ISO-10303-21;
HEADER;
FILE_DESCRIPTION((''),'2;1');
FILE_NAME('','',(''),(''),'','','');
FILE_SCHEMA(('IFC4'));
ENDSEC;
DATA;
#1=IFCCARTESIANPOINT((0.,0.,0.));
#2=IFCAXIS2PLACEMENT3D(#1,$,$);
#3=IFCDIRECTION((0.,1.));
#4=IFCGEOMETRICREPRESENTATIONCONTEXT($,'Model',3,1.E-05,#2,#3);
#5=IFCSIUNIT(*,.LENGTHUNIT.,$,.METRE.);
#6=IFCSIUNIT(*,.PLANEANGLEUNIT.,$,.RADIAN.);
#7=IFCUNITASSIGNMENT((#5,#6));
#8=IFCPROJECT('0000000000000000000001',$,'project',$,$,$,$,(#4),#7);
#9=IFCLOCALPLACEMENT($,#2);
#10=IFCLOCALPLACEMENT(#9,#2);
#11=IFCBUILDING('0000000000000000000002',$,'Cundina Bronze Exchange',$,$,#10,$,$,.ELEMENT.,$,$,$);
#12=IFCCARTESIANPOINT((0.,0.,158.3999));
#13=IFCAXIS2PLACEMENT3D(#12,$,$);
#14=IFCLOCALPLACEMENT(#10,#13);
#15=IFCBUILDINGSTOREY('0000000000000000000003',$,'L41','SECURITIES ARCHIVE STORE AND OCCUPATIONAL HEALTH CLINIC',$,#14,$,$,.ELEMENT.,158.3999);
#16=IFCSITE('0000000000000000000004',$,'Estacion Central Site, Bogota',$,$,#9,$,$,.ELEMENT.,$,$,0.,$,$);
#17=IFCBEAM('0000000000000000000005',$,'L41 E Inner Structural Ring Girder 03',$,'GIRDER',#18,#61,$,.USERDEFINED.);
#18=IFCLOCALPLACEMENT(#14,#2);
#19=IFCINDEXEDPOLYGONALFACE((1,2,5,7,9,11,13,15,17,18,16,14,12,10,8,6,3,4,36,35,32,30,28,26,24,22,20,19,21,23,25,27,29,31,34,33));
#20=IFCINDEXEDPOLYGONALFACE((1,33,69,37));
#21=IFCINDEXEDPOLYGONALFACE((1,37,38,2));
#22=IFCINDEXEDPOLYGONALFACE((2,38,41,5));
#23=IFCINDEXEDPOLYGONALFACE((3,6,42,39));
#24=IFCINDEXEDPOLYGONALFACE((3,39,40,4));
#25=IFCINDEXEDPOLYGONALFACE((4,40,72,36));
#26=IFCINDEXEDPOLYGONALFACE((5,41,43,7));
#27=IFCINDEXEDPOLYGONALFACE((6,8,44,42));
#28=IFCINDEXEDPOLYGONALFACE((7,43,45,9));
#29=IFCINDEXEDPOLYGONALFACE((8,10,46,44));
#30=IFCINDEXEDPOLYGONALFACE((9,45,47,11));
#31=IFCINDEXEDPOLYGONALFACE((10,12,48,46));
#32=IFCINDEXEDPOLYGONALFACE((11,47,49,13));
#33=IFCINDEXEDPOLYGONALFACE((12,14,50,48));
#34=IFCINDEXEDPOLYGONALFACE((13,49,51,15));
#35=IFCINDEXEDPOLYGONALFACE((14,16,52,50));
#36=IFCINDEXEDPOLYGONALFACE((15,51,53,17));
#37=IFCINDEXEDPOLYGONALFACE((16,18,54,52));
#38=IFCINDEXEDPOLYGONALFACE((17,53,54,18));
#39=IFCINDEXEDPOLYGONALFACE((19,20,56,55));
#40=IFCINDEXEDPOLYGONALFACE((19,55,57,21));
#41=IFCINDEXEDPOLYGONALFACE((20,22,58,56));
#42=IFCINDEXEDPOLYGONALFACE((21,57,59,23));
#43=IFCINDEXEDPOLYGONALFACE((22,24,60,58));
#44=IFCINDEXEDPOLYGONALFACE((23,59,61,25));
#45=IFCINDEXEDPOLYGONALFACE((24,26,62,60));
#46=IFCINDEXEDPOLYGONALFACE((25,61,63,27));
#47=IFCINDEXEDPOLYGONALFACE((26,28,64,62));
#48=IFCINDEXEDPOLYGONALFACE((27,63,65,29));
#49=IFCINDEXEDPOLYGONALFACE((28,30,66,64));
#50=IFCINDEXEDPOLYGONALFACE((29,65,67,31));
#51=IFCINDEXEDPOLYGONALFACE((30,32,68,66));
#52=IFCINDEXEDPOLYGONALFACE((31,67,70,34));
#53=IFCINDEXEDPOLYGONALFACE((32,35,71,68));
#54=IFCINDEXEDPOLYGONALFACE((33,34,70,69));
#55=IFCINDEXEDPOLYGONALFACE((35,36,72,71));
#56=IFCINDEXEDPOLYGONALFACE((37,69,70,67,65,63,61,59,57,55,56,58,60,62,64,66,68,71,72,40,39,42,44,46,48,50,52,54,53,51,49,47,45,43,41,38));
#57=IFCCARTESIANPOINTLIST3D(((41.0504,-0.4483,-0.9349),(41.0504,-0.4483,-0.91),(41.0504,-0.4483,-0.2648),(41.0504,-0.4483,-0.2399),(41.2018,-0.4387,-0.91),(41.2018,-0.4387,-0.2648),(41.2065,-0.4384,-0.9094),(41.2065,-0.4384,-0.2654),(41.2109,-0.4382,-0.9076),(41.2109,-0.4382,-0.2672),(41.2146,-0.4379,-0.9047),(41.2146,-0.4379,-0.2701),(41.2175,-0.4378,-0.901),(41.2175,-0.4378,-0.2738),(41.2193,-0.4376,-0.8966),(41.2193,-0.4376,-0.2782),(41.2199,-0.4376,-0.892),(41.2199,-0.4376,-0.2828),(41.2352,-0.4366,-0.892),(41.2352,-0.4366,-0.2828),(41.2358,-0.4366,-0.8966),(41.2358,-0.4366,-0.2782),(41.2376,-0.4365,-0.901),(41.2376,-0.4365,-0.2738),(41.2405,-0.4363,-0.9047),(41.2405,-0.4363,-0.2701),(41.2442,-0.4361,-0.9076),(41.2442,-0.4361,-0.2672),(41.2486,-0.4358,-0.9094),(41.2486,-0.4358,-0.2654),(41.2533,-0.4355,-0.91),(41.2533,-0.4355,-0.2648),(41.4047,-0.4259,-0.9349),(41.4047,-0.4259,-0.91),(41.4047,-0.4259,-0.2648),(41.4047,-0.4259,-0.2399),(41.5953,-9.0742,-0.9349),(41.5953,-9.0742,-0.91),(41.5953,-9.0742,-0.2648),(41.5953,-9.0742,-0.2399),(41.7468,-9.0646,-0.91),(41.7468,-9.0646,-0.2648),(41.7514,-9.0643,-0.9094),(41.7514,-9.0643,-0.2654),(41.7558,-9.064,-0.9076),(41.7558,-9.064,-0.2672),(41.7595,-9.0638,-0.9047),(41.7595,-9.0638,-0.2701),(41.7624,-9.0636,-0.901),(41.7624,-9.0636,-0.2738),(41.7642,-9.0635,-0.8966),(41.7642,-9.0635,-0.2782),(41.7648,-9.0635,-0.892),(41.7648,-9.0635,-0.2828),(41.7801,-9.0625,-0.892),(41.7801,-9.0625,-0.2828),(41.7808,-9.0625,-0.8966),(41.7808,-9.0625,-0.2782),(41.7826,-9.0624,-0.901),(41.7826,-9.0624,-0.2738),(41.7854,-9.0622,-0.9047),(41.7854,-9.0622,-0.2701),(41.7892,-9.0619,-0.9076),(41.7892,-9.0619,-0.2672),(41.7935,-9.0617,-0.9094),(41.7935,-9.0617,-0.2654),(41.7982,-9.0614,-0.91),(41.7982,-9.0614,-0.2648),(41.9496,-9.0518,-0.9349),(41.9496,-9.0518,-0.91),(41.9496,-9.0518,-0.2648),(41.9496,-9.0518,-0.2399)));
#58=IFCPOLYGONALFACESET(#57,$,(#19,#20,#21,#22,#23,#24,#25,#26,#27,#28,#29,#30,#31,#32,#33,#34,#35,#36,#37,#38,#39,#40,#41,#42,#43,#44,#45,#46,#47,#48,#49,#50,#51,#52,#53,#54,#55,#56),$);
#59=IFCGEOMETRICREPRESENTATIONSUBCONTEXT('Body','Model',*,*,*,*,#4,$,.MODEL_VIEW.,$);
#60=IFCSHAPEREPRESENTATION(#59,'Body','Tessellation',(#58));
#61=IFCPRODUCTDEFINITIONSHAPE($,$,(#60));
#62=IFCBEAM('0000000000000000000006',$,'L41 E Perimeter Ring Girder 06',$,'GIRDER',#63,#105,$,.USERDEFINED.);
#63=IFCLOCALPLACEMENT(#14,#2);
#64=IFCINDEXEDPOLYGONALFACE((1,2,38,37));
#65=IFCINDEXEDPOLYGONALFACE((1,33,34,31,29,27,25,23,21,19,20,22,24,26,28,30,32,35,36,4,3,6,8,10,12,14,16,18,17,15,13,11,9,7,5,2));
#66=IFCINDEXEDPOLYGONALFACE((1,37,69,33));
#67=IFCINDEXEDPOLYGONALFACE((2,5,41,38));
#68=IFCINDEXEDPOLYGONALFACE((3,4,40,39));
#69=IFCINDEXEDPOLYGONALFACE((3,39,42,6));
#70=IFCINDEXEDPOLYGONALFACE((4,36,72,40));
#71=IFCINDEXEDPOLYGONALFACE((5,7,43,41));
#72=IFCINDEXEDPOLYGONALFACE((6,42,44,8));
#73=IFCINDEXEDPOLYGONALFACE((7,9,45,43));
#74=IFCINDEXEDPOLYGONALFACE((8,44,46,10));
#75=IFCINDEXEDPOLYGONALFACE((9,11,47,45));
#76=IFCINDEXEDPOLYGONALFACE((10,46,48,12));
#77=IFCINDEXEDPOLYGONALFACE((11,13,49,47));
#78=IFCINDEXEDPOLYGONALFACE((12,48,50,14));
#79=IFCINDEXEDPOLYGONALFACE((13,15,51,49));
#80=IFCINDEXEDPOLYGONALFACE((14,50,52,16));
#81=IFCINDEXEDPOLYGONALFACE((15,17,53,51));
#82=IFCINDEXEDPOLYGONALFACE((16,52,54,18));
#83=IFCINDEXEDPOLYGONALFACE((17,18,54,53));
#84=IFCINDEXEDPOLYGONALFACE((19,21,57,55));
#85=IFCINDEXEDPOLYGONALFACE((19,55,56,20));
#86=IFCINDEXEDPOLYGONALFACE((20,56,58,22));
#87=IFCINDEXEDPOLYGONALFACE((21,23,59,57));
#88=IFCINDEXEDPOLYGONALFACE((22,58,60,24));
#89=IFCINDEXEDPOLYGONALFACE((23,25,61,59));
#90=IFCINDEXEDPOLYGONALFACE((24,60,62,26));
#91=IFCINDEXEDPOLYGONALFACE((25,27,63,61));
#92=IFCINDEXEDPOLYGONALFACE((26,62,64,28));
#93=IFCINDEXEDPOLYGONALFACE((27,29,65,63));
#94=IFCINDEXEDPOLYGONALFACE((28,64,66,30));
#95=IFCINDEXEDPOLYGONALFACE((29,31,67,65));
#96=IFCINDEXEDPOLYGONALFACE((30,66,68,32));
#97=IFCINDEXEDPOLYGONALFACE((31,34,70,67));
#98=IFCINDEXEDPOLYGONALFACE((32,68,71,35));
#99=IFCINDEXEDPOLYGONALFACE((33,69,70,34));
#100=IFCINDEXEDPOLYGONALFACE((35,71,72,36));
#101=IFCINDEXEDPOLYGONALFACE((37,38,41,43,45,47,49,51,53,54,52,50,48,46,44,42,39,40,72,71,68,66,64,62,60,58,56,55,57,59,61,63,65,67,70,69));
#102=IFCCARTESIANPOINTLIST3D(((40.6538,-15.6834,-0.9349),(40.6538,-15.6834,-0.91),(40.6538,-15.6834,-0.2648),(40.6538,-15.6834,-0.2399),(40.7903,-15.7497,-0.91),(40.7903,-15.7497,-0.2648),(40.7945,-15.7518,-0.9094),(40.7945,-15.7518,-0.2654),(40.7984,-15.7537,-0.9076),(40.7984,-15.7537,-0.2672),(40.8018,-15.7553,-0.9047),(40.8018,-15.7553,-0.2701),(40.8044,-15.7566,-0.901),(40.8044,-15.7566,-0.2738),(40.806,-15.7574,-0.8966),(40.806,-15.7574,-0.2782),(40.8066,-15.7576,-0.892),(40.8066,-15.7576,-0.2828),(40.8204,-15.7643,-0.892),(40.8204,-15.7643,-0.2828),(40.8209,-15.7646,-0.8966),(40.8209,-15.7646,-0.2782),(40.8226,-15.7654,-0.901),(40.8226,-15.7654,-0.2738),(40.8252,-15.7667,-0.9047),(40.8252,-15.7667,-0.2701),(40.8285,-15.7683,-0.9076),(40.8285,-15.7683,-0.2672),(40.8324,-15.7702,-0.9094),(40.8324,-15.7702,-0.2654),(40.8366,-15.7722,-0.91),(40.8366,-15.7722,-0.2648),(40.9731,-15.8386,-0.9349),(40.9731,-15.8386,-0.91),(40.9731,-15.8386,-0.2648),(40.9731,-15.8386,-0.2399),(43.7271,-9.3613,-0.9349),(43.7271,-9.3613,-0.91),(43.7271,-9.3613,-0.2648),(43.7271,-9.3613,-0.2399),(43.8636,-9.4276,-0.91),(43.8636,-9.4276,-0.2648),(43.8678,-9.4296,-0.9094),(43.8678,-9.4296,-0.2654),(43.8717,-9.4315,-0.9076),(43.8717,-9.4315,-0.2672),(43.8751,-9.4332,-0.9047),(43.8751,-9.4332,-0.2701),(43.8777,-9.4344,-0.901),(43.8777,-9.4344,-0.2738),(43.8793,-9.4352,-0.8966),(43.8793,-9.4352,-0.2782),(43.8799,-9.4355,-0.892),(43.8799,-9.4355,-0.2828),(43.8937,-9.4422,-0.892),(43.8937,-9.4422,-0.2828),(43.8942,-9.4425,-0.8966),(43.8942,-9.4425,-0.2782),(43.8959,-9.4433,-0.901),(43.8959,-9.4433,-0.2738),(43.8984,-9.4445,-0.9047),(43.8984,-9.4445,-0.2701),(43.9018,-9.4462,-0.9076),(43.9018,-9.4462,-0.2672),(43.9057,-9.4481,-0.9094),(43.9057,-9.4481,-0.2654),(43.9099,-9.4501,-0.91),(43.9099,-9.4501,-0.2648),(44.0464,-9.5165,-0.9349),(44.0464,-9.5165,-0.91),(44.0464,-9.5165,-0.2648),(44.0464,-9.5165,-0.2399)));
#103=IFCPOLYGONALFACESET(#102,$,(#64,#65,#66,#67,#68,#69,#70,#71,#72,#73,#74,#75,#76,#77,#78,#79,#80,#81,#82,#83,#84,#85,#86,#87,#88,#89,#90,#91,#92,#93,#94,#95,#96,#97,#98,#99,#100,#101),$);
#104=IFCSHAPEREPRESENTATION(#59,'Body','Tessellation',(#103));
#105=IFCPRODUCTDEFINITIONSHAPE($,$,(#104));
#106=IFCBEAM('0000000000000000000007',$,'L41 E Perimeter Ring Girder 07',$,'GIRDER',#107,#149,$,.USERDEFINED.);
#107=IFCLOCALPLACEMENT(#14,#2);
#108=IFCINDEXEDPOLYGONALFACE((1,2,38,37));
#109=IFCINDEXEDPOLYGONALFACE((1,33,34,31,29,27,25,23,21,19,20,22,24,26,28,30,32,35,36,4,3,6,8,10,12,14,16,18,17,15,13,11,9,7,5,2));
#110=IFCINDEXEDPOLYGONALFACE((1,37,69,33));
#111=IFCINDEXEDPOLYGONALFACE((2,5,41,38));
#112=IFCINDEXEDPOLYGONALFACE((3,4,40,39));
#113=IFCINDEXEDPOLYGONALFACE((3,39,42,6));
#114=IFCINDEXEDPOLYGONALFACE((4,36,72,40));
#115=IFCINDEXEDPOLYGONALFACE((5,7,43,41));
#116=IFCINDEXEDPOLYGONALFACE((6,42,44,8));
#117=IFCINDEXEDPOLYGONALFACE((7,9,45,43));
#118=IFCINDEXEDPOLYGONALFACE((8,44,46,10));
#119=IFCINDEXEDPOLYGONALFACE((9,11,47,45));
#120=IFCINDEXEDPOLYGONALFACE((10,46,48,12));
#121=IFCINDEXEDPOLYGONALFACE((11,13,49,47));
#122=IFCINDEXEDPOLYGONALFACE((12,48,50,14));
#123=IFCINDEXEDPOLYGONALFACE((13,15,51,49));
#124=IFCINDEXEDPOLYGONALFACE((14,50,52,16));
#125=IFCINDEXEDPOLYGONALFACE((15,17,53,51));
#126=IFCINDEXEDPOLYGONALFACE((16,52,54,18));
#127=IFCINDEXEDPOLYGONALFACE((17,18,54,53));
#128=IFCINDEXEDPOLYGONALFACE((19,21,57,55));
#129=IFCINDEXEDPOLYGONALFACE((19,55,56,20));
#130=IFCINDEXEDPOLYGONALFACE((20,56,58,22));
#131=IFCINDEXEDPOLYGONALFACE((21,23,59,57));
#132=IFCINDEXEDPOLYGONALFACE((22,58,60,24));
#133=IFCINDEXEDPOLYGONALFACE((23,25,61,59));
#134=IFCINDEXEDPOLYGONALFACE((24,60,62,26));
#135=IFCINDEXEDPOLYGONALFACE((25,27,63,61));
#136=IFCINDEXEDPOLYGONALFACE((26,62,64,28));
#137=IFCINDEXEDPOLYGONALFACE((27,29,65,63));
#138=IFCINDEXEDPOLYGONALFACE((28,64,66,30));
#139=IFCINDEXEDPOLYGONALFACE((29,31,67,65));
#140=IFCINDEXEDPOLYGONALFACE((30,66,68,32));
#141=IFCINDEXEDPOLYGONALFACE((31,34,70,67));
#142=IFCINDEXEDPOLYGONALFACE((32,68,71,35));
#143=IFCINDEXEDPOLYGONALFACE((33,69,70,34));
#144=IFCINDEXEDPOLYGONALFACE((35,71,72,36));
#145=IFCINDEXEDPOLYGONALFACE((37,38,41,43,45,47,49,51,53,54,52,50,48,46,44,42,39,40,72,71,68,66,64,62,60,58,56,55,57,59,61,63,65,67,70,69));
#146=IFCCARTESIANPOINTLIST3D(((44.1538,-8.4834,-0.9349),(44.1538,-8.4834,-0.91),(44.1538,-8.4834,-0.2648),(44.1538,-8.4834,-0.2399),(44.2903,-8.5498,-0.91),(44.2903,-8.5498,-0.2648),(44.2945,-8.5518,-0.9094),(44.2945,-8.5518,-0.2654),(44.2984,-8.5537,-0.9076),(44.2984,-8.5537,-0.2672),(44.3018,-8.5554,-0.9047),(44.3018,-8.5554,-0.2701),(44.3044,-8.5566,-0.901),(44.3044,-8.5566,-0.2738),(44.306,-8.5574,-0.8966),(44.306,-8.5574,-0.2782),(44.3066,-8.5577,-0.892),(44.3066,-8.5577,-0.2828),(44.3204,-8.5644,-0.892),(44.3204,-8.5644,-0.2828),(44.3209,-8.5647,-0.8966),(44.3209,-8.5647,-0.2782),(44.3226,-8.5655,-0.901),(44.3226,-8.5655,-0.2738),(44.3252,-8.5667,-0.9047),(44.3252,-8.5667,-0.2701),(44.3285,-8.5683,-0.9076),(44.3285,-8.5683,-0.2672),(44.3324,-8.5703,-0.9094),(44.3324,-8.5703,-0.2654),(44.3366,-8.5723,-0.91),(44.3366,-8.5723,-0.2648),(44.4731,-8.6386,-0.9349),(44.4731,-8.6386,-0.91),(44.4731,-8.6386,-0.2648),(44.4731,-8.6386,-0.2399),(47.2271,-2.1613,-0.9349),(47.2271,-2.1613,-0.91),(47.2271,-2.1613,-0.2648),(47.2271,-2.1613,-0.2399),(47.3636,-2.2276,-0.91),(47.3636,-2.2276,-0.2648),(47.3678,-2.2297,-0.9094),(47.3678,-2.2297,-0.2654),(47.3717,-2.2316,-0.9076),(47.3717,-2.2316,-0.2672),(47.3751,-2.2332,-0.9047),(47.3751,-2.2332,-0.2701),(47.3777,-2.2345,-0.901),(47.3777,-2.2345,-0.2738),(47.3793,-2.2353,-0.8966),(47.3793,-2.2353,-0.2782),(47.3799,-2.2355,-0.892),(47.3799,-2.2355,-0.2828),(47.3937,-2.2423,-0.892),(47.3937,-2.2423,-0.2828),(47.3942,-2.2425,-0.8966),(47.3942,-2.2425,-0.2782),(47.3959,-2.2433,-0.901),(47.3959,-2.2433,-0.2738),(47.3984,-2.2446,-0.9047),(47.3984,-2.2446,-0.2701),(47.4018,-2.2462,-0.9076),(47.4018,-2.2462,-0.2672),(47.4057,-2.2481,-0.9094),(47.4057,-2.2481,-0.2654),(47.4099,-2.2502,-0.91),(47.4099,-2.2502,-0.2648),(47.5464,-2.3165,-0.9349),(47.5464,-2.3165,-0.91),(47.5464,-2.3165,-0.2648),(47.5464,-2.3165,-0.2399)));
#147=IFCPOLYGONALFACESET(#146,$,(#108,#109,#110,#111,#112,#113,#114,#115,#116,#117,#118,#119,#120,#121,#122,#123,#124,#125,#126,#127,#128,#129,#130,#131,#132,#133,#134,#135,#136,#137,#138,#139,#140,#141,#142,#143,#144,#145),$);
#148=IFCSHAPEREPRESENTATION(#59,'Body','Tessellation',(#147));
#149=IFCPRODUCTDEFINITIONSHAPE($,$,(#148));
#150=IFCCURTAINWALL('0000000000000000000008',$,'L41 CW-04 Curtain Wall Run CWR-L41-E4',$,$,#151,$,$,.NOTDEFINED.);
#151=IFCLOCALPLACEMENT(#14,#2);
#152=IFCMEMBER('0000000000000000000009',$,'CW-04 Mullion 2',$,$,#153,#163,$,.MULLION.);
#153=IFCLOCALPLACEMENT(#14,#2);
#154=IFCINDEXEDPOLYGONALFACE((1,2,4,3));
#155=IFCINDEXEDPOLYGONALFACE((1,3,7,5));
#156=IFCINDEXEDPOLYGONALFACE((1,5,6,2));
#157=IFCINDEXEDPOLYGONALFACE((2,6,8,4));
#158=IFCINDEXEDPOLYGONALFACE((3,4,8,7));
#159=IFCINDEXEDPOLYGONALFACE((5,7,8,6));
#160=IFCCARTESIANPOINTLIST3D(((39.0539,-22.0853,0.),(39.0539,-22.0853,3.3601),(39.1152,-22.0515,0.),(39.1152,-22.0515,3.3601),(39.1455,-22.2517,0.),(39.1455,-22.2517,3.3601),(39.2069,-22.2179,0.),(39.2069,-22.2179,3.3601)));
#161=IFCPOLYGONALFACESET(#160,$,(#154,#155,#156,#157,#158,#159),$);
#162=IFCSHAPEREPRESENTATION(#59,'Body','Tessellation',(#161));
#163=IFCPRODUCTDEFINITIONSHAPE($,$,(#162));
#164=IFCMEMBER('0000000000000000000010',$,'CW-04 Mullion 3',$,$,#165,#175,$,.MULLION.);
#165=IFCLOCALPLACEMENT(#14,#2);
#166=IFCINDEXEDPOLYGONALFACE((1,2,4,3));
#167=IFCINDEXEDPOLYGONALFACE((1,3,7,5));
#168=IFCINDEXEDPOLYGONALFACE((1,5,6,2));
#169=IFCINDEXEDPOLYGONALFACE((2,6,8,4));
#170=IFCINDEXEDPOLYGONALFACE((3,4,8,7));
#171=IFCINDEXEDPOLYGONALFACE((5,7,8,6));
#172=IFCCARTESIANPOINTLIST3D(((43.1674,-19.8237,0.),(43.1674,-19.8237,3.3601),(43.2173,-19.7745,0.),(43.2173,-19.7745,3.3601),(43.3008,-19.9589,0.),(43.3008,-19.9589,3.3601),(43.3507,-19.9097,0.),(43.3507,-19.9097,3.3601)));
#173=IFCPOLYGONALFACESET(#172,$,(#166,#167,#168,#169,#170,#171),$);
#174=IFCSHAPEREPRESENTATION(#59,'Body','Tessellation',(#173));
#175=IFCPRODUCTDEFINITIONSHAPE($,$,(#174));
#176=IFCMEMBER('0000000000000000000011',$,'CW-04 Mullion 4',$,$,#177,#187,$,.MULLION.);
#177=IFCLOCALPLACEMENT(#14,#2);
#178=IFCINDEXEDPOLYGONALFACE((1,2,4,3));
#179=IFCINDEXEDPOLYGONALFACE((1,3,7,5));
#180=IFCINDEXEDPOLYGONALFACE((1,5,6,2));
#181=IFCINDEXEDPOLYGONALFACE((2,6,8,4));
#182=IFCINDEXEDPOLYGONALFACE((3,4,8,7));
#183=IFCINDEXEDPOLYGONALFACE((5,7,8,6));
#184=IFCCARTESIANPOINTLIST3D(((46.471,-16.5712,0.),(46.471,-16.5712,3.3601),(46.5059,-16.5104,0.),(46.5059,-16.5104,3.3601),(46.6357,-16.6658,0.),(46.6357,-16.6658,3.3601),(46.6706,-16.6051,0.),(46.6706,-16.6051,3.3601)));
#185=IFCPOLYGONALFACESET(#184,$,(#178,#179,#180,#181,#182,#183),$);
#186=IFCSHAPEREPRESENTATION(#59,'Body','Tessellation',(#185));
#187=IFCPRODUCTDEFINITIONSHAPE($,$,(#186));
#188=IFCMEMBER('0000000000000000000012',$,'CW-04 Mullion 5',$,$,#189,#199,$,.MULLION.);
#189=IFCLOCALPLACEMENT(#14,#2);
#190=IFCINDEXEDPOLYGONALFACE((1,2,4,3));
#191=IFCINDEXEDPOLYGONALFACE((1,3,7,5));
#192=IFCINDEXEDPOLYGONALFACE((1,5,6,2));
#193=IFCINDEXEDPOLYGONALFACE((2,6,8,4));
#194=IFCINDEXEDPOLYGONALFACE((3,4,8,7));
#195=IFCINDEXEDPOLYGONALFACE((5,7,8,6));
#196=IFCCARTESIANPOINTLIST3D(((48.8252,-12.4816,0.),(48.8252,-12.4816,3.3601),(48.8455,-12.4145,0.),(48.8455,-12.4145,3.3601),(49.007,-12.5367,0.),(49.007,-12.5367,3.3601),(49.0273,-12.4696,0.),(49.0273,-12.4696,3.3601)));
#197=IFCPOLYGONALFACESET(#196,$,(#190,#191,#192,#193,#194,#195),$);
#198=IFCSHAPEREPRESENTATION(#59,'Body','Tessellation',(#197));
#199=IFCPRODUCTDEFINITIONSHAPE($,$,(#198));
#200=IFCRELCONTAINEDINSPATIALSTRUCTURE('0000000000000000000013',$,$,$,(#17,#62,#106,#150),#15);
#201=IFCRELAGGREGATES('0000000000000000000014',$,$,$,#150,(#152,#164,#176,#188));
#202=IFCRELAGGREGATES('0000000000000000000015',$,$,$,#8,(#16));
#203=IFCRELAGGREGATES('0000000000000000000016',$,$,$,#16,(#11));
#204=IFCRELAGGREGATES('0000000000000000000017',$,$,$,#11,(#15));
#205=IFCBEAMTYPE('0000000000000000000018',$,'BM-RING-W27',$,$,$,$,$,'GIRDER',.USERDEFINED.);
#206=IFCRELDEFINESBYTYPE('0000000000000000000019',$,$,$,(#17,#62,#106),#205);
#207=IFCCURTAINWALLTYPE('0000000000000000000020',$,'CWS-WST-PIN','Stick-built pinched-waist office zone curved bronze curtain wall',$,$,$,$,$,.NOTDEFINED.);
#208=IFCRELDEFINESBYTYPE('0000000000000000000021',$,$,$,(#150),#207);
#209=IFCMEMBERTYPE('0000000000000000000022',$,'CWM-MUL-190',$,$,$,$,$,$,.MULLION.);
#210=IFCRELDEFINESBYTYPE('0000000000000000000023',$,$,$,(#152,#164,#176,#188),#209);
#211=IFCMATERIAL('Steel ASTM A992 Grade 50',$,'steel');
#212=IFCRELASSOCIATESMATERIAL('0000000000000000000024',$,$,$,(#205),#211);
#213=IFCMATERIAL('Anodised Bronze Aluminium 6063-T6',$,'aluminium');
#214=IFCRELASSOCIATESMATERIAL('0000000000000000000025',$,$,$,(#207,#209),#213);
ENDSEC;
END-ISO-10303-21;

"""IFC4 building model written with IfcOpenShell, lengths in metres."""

from ifc_helpers import new_model, si_unit, direction, frame, origin, origin_2d, place, context, subcontext, project, spatial, rectangle, i_section, extrude, material, material_profile, profile_set, type_object, element, aggregate, save


model = new_model("IFC4")

# Units and contexts
model_context = context("Model", 3, precision=1e-05, world=origin(), true_north=direction((0.0, 1.0)))
body_context = subcontext(model_context, "Body", "Model", "MODEL_VIEW")
ifc_project = project(units=[si_unit("LENGTHUNIT", "METRE"), si_unit("PLANEANGLEUNIT", "RADIAN")], contexts=[model_context])

# Site, building, storey
site_placement = place(None, origin())
site = spatial("IfcSite", under=ifc_project, at=site_placement, Name="Estacion Central Site, Bogota", CompositionType="ELEMENT", RefElevation=0.0)
building_placement = place(site_placement, origin())
building = spatial("IfcBuilding", under=site, at=building_placement, Name="Cundina Bronze Exchange", CompositionType="ELEMENT")
storey_placement = place(building_placement, frame((0.0, 0.0, 158.3999)))
storey = spatial("IfcBuildingStorey", under=building, at=storey_placement, Name="L41", Description="SECURITIES ARCHIVE STORE AND OCCUPATIONAL HEALTH CLINIC", CompositionType="ELEMENT", Elevation=158.3999)

# Beams
ifc_material_1 = material(Name="Steel ASTM A992 Grade 50", Category="steel")
ifc_material_profile_1 = material_profile(ifc_material_1, i_section(OverallWidth=0.355, OverallDepth=0.6951, WebThickness=0.0154, FlangeThickness=0.0249, FilletRadius=0.0181, at=origin_2d()), Name="W27X146", Category="steel")
ifc_profile_set_1 = profile_set([ifc_material_profile_1], Name="Steel ASTM A992 Grade 50")
beam_type_1 = type_object("IfcBeamType", Name="BM-RING-W27", ElementType="GIRDER", PredefinedType="USERDEFINED", material=ifc_profile_set_1)
beam_1_placement = place(storey_placement, frame((41.7725, -9.063, -0.5874), z_axis=(-0.063047, 0.998011, 0.0), x_axis=(-0.998011, -0.063047, 0.0)))
element("IfcBeam", 1, at=beam_1_placement, inside=storey, type_object=beam_type_1, Name="L41 E Inner Structural Ring Girder 03", ObjectType="GIRDER", PredefinedType="USERDEFINED", context=body_context, shape_type="SweptSolid", body=[
    extrude(i_section(OverallWidth=0.355, OverallDepth=0.6951, WebThickness=0.0154, FlangeThickness=0.0249, FilletRadius=0.0181, at=origin_2d()), origin(), (0.0, 0.0, 1.0), 8.6431),
])
for number, where, z_axis, x_axis, name in (
    (2, (40.8135, -15.761, -0.5874), (0.437197, 0.899366, 0.0), (-0.899366, 0.437197, 0.0), "L41 E Perimeter Ring Girder 06"),
    (3, (44.3135, -8.561, -0.5874), (0.437197, 0.899366, 0.0), (-0.899366, 0.437197, 0.0), "L41 E Perimeter Ring Girder 07"),
):
    element("IfcBeam", number, at=place(storey_placement, frame(where, z_axis=z_axis, x_axis=x_axis)), inside=storey, type_object=beam_type_1, Name=name, ObjectType="GIRDER", PredefinedType="USERDEFINED", context=body_context, shape_type="SweptSolid", body=[
        extrude(i_section(OverallWidth=0.355, OverallDepth=0.6951, WebThickness=0.0154, FlangeThickness=0.0249, FilletRadius=0.0181, at=origin_2d()), origin(), (0.0, 0.0, 1.0), 7.0295),
    ])

# Curtain wall, members
ifc_material_2 = material(Name="Anodised Bronze Aluminium 6063-T6", Category="aluminium")
curtain_wall_type = type_object("IfcCurtainWallType", Name="CWS-WST-PIN", Description="Stick-built pinched-waist office zone curved bronze curtain wall", PredefinedType="NOTDEFINED", material=ifc_material_2)
curtain_wall_placement = place(storey_placement, origin())
curtain_wall = element("IfcCurtainWall", 4, at=curtain_wall_placement, inside=storey, type_object=curtain_wall_type, Name="L41 CW-04 Curtain Wall Run CWR-L41-E4", PredefinedType="NOTDEFINED")
ifc_material_profile_2 = material_profile(ifc_material_2, rectangle(XDim=0.0701, YDim=0.1899, at=origin_2d()), Name="AL70X190", Category="aluminium")
ifc_profile_set_2 = profile_set([ifc_material_profile_2], Name="Anodised Bronze Aluminium 6063-T6")
member_type_1 = type_object("IfcMemberType", Name="CWM-MUL-190", PredefinedType="MULLION", material=ifc_profile_set_2)
member_1_placement = place(storey_placement, frame((39.1304, -22.1516, 0.0), z_axis=(0.0, 0.0, 1.0), x_axis=(0.875886, 0.482518, 0.0)))
member_1 = element("IfcMember", 5, at=member_1_placement, type_object=member_type_1, Name="CW-04 Mullion 2", PredefinedType="MULLION", context=body_context, shape_type="SweptSolid", body=[
    extrude(rectangle(XDim=0.0701, YDim=0.1899, at=origin_2d()), origin(), (0.0, 0.0, 1.0), 3.3601),
])
member_2_placement = place(storey_placement, frame((43.259, -19.8667, 0.0), z_axis=(0.0, 0.0, 1.0), x_axis=(0.712026, 0.702153, 0.0)))
member_2 = element("IfcMember", 6, at=member_2_placement, type_object=member_type_1, Name="CW-04 Mullion 3", PredefinedType="MULLION", context=body_context, shape_type="SweptSolid", body=[
    extrude(rectangle(XDim=0.0701, YDim=0.1899, at=origin_2d()), origin(), (0.0, 0.0, 1.0), 3.3601),
])
member_3_placement = place(storey_placement, frame((46.5708, -16.5881, 0.0), z_axis=(0.0, 0.0, 1.0), x_axis=(0.498488, 0.866897, 0.0)))
member_3 = element("IfcMember", 7, at=member_3_placement, type_object=member_type_1, Name="CW-04 Mullion 4", PredefinedType="MULLION", context=body_context, shape_type="SweptSolid", body=[
    extrude(rectangle(XDim=0.0701, YDim=0.1899, at=origin_2d()), origin(), (0.0, 0.0, 1.0), 3.3601),
])
member_4_placement = place(storey_placement, frame((48.9263, -12.4756, 0.0), z_axis=(0.0, 0.0, 1.0), x_axis=(0.290034, 0.957016, 0.0)))
member_4 = element("IfcMember", 8, at=member_4_placement, type_object=member_type_1, Name="CW-04 Mullion 5", PredefinedType="MULLION", context=body_context, shape_type="SweptSolid", body=[
    extrude(rectangle(XDim=0.0701, YDim=0.1899, at=origin_2d()), origin(), (0.0, 0.0, 1.0), 3.3601),
])
aggregate(curtain_wall, [member_1, member_2, member_3, member_4])

save(model, "model.ifc")
